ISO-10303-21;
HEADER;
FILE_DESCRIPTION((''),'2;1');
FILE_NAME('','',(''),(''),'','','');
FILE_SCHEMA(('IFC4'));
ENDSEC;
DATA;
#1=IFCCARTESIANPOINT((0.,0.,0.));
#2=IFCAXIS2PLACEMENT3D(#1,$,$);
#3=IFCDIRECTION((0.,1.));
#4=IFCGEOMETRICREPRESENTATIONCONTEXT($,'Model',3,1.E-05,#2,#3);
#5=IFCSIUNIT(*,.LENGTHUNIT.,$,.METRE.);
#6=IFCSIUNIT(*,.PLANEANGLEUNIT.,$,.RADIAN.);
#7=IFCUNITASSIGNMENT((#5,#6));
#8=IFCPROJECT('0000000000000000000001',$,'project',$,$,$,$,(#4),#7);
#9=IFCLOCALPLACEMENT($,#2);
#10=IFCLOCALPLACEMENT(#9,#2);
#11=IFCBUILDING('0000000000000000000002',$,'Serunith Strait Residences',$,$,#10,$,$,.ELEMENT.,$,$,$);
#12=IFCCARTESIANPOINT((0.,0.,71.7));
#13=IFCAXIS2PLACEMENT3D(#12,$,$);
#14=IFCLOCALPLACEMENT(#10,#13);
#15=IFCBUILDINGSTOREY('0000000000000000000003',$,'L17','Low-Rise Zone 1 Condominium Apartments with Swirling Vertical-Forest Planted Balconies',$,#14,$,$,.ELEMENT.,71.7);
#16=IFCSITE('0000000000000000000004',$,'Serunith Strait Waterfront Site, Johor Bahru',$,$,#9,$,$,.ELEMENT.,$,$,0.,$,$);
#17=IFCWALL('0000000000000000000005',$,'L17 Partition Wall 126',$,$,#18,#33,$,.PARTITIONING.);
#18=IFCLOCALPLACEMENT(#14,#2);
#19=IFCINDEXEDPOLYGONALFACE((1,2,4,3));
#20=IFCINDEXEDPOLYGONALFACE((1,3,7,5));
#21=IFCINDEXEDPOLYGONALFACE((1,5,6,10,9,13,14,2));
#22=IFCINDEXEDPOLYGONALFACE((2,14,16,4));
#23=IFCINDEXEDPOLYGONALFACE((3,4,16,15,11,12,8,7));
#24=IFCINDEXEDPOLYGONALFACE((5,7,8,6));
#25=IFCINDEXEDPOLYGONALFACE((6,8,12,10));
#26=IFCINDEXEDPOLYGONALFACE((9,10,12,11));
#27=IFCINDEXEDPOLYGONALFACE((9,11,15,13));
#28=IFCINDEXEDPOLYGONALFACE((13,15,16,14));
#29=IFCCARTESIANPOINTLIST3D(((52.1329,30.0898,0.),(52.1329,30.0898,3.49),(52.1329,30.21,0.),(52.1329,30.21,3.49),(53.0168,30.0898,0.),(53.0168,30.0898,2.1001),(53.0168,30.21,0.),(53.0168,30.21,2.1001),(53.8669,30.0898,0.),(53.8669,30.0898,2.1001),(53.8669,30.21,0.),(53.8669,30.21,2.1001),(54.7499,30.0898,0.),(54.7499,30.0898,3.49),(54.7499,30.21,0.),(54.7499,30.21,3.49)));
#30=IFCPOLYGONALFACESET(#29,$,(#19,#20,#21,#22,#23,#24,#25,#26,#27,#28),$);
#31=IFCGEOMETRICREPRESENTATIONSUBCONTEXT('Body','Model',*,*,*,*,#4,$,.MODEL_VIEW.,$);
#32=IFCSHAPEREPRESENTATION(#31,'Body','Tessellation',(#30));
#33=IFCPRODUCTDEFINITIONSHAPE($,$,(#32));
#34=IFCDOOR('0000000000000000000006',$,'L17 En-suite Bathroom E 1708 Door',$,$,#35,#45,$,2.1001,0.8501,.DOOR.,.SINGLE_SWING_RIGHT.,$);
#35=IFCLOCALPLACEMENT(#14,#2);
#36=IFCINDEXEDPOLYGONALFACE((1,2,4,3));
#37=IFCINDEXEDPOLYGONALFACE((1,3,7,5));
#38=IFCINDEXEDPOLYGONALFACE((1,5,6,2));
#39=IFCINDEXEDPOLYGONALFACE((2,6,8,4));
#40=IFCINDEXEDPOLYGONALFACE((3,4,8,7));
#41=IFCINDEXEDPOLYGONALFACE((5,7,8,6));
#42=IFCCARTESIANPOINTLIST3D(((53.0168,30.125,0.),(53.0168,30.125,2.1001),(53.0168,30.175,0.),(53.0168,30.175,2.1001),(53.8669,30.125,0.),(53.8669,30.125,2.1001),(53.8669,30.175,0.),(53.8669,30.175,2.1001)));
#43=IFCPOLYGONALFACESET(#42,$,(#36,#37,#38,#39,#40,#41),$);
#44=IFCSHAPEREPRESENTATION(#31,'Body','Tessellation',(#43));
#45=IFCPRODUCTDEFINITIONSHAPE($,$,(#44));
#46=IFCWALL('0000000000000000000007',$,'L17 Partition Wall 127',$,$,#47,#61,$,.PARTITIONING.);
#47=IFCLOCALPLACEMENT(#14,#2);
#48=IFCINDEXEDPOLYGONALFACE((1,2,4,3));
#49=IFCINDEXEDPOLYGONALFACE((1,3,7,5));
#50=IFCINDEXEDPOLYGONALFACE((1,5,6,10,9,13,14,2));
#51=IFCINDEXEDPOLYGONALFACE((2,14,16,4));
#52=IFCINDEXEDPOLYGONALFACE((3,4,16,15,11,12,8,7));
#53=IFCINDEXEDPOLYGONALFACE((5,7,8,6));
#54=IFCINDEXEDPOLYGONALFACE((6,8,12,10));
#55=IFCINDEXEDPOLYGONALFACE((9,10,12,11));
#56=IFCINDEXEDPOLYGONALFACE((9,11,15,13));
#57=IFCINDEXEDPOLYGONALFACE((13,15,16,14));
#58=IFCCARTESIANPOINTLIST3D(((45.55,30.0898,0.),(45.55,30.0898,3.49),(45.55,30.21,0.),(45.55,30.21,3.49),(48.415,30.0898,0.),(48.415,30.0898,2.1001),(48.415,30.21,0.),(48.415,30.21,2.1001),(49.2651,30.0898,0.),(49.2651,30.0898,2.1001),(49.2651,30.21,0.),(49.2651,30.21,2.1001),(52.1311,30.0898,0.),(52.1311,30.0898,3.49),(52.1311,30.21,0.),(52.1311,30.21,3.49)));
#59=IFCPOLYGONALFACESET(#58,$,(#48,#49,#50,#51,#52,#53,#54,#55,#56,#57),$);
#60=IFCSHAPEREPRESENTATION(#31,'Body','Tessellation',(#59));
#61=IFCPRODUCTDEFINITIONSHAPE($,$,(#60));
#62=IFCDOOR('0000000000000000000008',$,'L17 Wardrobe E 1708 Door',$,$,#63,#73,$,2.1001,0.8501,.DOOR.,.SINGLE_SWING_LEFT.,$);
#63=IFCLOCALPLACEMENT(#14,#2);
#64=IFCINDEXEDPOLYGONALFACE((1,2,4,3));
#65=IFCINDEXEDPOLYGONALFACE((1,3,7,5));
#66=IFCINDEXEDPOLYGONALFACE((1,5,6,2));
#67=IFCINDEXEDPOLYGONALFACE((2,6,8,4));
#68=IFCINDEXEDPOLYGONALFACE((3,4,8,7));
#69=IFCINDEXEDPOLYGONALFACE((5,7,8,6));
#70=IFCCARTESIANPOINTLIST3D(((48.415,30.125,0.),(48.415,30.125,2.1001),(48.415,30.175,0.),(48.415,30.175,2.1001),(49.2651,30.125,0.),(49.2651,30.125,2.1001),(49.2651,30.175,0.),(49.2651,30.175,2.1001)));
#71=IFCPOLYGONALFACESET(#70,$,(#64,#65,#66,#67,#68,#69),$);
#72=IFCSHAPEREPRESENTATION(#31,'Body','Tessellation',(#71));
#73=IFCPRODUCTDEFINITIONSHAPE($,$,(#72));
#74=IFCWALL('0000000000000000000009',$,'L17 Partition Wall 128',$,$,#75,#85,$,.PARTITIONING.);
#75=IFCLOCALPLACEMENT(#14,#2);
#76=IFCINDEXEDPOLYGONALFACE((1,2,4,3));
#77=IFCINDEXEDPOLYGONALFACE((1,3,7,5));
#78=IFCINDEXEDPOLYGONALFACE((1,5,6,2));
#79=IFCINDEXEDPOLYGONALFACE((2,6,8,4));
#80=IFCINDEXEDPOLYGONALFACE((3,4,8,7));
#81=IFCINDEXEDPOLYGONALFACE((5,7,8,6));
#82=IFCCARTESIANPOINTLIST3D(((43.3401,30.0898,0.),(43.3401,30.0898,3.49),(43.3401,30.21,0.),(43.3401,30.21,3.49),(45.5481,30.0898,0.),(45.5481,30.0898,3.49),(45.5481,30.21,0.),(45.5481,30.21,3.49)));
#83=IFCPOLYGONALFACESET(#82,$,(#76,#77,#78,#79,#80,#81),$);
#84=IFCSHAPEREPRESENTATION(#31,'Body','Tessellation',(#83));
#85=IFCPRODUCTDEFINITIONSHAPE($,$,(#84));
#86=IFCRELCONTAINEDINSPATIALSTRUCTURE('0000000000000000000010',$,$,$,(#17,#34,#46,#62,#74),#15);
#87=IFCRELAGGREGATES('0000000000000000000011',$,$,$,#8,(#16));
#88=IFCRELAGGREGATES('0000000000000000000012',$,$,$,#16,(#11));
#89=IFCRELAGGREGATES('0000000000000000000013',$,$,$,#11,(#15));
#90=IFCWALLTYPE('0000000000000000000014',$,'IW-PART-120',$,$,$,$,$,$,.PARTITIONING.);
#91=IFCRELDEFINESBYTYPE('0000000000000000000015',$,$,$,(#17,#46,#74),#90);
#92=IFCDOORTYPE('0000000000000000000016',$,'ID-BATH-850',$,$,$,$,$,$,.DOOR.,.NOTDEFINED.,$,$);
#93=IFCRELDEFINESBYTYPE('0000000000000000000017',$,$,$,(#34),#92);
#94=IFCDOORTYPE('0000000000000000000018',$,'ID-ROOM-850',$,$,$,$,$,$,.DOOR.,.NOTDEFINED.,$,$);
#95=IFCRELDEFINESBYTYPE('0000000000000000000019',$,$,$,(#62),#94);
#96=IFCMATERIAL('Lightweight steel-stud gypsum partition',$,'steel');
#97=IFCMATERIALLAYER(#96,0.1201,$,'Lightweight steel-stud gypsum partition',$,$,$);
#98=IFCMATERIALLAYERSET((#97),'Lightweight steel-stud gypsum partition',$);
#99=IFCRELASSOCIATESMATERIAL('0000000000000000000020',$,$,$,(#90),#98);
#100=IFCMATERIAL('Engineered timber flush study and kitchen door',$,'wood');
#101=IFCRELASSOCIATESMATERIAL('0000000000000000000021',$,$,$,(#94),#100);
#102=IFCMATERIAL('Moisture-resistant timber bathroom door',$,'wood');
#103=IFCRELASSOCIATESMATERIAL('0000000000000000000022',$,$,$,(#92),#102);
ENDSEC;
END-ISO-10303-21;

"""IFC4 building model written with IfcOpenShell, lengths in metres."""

from ifc_helpers import new_model, si_unit, direction, frame, frame_2d, origin, place, context, subcontext, project, spatial, rectangle, extrude, source, transform, mapped, material, layer, layer_set, type_object, element, fill, save


model = new_model("IFC4")

# Units and contexts
model_context = context("Model", 3, precision=1e-05, world=origin(), true_north=direction((0.0, 1.0)))
body_context = subcontext(model_context, "Body", "Model", "MODEL_VIEW")
ifc_project = project(units=[si_unit("LENGTHUNIT", "METRE"), si_unit("PLANEANGLEUNIT", "RADIAN")], contexts=[model_context])

# Site, building, storey
site_placement = place(None, origin())
site = spatial("IfcSite", under=ifc_project, at=site_placement, Name="Serunith Strait Waterfront Site, Johor Bahru", CompositionType="ELEMENT", RefElevation=0.0)
building_placement = place(site_placement, origin())
building = spatial("IfcBuilding", under=site, at=building_placement, Name="Serunith Strait Residences", CompositionType="ELEMENT")
storey_placement = place(building_placement, frame((0.0, 0.0, 71.7)))
storey = spatial("IfcBuildingStorey", under=building, at=storey_placement, Name="L17", Description="Low-Rise Zone 1 Condominium Apartments with Swirling Vertical-Forest Planted Balconies", CompositionType="ELEMENT", Elevation=71.7)

# Shared definitions
ifc_material_1 = material(Name="Lightweight steel-stud gypsum partition", Category="steel")
ifc_layer_1 = layer(ifc_material_1, 0.1201, Name="Lightweight steel-stud gypsum partition")
ifc_layer_set_1 = layer_set([ifc_layer_1], Name="Lightweight steel-stud gypsum partition")
wall_type = type_object("IfcWallType", Name="IW-PART-120", PredefinedType="PARTITIONING", material=ifc_layer_set_1)
ifc_material_2 = material(Name="Engineered timber flush study and kitchen door", Category="wood")
door_type_1 = type_object("IfcDoorType", Name="ID-ROOM-850", OperationType="NOTDEFINED", PredefinedType="DOOR", material=ifc_material_2)
shared_shape_1 = source(origin(), body_context, "Body", "SweptSolid", [
    extrude(rectangle(XDim=0.8501, YDim=2.1001, at=frame_2d((0.425, 1.05))), frame((0.0, 0.0249, 0.0), z_axis=(0.0, -1.0, 0.0), x_axis=(1.0, 0.0, 0.0)), (0.0, 0.0, 1.0), 0.05),
])

# Walls, openings, doors
wall_1_placement = place(storey_placement, frame((54.75, 30.1499, 0.0), z_axis=(0.0, 0.0, 1.0), x_axis=(-1.0, 0.0, 0.0)))
wall_1 = element("IfcWall", 1, at=wall_1_placement, inside=storey, type_object=wall_type, Name="L17 Partition Wall 126", PredefinedType="PARTITIONING", context=body_context, shape_type="SweptSolid", body=[
    extrude(rectangle(XDim=2.6169, YDim=0.1201, at=frame_2d((1.3086, 0.0))), origin(), (0.0, 0.0, 1.0), 3.49),
])
opening_1_placement = place(wall_1_placement, frame((0.8831, 0.0, 0.0)))
opening_1 = element("IfcOpeningElement", 2, at=opening_1_placement, cuts=wall_1, PredefinedType="OPENING", context=body_context, shape_type="SweptSolid", body=[
    extrude(rectangle(XDim=0.8501, YDim=2.1001, at=frame_2d((0.425, 1.05))), frame((0.0, 0.0701, 0.0), z_axis=(0.0, -1.0, 0.0), x_axis=(1.0, 0.0, 0.0)), (0.0, 0.0, 1.0), 0.1401),
])
ifc_material_3 = material(Name="Moisture-resistant timber bathroom door", Category="wood")
door_type_2 = type_object("IfcDoorType", Name="ID-BATH-850", OperationType="NOTDEFINED", PredefinedType="DOOR", material=ifc_material_3)
door_1_placement = place(opening_1_placement, origin())
door_1 = element("IfcDoor", 3, at=door_1_placement, inside=storey, type_object=door_type_2, Name="L17 En-suite Bathroom E 1708 Door", OperationType="SINGLE_SWING_RIGHT", OverallHeight=2.1001, OverallWidth=0.8501, PredefinedType="DOOR", context=body_context, shape_type="MappedRepresentation", body=[
    mapped(shared_shape_1, transform((0.0, 0.0, 0.0), scale=1.0)),
])
fill(opening_1, door_1)
wall_2_placement = place(storey_placement, frame((52.1311, 30.1499, 0.0), z_axis=(0.0, 0.0, 1.0), x_axis=(-1.0, 0.0, 0.0)))
wall_2 = element("IfcWall", 4, at=wall_2_placement, inside=storey, type_object=wall_type, Name="L17 Partition Wall 127", PredefinedType="PARTITIONING", context=body_context, shape_type="SweptSolid", body=[
    extrude(rectangle(XDim=6.5811, YDim=0.1201, at=frame_2d((3.2905, 0.0))), origin(), (0.0, 0.0, 1.0), 3.49),
])
opening_2_placement = place(wall_2_placement, frame((2.866, 0.0, 0.0)))
opening_2 = element("IfcOpeningElement", 5, at=opening_2_placement, cuts=wall_2, PredefinedType="OPENING", context=body_context, shape_type="SweptSolid", body=[
    extrude(rectangle(XDim=0.8501, YDim=2.1001, at=frame_2d((0.425, 1.05))), frame((0.0, 0.0701, 0.0), z_axis=(0.0, -1.0, 0.0), x_axis=(1.0, 0.0, 0.0)), (0.0, 0.0, 1.0), 0.1401),
])
door_2_placement = place(opening_2_placement, origin())
door_2 = element("IfcDoor", 6, at=door_2_placement, inside=storey, type_object=door_type_1, Name="L17 Wardrobe E 1708 Door", OperationType="SINGLE_SWING_LEFT", OverallHeight=2.1001, OverallWidth=0.8501, PredefinedType="DOOR", context=body_context, shape_type="MappedRepresentation", body=[
    mapped(shared_shape_1, transform((0.0, 0.0, 0.0), scale=1.0)),
])
fill(opening_2, door_2)

# Wall
wall_3_placement = place(storey_placement, frame((45.5481, 30.1499, 0.0), z_axis=(0.0, 0.0, 1.0), x_axis=(-1.0, 0.0, 0.0)))
element("IfcWall", 7, at=wall_3_placement, inside=storey, type_object=wall_type, Name="L17 Partition Wall 128", PredefinedType="PARTITIONING", context=body_context, shape_type="SweptSolid", body=[
    extrude(rectangle(XDim=2.208, YDim=0.1201, at=frame_2d((1.104, 0.0))), origin(), (0.0, 0.0, 1.0), 3.49),
])

save(model, "model.ifc")
